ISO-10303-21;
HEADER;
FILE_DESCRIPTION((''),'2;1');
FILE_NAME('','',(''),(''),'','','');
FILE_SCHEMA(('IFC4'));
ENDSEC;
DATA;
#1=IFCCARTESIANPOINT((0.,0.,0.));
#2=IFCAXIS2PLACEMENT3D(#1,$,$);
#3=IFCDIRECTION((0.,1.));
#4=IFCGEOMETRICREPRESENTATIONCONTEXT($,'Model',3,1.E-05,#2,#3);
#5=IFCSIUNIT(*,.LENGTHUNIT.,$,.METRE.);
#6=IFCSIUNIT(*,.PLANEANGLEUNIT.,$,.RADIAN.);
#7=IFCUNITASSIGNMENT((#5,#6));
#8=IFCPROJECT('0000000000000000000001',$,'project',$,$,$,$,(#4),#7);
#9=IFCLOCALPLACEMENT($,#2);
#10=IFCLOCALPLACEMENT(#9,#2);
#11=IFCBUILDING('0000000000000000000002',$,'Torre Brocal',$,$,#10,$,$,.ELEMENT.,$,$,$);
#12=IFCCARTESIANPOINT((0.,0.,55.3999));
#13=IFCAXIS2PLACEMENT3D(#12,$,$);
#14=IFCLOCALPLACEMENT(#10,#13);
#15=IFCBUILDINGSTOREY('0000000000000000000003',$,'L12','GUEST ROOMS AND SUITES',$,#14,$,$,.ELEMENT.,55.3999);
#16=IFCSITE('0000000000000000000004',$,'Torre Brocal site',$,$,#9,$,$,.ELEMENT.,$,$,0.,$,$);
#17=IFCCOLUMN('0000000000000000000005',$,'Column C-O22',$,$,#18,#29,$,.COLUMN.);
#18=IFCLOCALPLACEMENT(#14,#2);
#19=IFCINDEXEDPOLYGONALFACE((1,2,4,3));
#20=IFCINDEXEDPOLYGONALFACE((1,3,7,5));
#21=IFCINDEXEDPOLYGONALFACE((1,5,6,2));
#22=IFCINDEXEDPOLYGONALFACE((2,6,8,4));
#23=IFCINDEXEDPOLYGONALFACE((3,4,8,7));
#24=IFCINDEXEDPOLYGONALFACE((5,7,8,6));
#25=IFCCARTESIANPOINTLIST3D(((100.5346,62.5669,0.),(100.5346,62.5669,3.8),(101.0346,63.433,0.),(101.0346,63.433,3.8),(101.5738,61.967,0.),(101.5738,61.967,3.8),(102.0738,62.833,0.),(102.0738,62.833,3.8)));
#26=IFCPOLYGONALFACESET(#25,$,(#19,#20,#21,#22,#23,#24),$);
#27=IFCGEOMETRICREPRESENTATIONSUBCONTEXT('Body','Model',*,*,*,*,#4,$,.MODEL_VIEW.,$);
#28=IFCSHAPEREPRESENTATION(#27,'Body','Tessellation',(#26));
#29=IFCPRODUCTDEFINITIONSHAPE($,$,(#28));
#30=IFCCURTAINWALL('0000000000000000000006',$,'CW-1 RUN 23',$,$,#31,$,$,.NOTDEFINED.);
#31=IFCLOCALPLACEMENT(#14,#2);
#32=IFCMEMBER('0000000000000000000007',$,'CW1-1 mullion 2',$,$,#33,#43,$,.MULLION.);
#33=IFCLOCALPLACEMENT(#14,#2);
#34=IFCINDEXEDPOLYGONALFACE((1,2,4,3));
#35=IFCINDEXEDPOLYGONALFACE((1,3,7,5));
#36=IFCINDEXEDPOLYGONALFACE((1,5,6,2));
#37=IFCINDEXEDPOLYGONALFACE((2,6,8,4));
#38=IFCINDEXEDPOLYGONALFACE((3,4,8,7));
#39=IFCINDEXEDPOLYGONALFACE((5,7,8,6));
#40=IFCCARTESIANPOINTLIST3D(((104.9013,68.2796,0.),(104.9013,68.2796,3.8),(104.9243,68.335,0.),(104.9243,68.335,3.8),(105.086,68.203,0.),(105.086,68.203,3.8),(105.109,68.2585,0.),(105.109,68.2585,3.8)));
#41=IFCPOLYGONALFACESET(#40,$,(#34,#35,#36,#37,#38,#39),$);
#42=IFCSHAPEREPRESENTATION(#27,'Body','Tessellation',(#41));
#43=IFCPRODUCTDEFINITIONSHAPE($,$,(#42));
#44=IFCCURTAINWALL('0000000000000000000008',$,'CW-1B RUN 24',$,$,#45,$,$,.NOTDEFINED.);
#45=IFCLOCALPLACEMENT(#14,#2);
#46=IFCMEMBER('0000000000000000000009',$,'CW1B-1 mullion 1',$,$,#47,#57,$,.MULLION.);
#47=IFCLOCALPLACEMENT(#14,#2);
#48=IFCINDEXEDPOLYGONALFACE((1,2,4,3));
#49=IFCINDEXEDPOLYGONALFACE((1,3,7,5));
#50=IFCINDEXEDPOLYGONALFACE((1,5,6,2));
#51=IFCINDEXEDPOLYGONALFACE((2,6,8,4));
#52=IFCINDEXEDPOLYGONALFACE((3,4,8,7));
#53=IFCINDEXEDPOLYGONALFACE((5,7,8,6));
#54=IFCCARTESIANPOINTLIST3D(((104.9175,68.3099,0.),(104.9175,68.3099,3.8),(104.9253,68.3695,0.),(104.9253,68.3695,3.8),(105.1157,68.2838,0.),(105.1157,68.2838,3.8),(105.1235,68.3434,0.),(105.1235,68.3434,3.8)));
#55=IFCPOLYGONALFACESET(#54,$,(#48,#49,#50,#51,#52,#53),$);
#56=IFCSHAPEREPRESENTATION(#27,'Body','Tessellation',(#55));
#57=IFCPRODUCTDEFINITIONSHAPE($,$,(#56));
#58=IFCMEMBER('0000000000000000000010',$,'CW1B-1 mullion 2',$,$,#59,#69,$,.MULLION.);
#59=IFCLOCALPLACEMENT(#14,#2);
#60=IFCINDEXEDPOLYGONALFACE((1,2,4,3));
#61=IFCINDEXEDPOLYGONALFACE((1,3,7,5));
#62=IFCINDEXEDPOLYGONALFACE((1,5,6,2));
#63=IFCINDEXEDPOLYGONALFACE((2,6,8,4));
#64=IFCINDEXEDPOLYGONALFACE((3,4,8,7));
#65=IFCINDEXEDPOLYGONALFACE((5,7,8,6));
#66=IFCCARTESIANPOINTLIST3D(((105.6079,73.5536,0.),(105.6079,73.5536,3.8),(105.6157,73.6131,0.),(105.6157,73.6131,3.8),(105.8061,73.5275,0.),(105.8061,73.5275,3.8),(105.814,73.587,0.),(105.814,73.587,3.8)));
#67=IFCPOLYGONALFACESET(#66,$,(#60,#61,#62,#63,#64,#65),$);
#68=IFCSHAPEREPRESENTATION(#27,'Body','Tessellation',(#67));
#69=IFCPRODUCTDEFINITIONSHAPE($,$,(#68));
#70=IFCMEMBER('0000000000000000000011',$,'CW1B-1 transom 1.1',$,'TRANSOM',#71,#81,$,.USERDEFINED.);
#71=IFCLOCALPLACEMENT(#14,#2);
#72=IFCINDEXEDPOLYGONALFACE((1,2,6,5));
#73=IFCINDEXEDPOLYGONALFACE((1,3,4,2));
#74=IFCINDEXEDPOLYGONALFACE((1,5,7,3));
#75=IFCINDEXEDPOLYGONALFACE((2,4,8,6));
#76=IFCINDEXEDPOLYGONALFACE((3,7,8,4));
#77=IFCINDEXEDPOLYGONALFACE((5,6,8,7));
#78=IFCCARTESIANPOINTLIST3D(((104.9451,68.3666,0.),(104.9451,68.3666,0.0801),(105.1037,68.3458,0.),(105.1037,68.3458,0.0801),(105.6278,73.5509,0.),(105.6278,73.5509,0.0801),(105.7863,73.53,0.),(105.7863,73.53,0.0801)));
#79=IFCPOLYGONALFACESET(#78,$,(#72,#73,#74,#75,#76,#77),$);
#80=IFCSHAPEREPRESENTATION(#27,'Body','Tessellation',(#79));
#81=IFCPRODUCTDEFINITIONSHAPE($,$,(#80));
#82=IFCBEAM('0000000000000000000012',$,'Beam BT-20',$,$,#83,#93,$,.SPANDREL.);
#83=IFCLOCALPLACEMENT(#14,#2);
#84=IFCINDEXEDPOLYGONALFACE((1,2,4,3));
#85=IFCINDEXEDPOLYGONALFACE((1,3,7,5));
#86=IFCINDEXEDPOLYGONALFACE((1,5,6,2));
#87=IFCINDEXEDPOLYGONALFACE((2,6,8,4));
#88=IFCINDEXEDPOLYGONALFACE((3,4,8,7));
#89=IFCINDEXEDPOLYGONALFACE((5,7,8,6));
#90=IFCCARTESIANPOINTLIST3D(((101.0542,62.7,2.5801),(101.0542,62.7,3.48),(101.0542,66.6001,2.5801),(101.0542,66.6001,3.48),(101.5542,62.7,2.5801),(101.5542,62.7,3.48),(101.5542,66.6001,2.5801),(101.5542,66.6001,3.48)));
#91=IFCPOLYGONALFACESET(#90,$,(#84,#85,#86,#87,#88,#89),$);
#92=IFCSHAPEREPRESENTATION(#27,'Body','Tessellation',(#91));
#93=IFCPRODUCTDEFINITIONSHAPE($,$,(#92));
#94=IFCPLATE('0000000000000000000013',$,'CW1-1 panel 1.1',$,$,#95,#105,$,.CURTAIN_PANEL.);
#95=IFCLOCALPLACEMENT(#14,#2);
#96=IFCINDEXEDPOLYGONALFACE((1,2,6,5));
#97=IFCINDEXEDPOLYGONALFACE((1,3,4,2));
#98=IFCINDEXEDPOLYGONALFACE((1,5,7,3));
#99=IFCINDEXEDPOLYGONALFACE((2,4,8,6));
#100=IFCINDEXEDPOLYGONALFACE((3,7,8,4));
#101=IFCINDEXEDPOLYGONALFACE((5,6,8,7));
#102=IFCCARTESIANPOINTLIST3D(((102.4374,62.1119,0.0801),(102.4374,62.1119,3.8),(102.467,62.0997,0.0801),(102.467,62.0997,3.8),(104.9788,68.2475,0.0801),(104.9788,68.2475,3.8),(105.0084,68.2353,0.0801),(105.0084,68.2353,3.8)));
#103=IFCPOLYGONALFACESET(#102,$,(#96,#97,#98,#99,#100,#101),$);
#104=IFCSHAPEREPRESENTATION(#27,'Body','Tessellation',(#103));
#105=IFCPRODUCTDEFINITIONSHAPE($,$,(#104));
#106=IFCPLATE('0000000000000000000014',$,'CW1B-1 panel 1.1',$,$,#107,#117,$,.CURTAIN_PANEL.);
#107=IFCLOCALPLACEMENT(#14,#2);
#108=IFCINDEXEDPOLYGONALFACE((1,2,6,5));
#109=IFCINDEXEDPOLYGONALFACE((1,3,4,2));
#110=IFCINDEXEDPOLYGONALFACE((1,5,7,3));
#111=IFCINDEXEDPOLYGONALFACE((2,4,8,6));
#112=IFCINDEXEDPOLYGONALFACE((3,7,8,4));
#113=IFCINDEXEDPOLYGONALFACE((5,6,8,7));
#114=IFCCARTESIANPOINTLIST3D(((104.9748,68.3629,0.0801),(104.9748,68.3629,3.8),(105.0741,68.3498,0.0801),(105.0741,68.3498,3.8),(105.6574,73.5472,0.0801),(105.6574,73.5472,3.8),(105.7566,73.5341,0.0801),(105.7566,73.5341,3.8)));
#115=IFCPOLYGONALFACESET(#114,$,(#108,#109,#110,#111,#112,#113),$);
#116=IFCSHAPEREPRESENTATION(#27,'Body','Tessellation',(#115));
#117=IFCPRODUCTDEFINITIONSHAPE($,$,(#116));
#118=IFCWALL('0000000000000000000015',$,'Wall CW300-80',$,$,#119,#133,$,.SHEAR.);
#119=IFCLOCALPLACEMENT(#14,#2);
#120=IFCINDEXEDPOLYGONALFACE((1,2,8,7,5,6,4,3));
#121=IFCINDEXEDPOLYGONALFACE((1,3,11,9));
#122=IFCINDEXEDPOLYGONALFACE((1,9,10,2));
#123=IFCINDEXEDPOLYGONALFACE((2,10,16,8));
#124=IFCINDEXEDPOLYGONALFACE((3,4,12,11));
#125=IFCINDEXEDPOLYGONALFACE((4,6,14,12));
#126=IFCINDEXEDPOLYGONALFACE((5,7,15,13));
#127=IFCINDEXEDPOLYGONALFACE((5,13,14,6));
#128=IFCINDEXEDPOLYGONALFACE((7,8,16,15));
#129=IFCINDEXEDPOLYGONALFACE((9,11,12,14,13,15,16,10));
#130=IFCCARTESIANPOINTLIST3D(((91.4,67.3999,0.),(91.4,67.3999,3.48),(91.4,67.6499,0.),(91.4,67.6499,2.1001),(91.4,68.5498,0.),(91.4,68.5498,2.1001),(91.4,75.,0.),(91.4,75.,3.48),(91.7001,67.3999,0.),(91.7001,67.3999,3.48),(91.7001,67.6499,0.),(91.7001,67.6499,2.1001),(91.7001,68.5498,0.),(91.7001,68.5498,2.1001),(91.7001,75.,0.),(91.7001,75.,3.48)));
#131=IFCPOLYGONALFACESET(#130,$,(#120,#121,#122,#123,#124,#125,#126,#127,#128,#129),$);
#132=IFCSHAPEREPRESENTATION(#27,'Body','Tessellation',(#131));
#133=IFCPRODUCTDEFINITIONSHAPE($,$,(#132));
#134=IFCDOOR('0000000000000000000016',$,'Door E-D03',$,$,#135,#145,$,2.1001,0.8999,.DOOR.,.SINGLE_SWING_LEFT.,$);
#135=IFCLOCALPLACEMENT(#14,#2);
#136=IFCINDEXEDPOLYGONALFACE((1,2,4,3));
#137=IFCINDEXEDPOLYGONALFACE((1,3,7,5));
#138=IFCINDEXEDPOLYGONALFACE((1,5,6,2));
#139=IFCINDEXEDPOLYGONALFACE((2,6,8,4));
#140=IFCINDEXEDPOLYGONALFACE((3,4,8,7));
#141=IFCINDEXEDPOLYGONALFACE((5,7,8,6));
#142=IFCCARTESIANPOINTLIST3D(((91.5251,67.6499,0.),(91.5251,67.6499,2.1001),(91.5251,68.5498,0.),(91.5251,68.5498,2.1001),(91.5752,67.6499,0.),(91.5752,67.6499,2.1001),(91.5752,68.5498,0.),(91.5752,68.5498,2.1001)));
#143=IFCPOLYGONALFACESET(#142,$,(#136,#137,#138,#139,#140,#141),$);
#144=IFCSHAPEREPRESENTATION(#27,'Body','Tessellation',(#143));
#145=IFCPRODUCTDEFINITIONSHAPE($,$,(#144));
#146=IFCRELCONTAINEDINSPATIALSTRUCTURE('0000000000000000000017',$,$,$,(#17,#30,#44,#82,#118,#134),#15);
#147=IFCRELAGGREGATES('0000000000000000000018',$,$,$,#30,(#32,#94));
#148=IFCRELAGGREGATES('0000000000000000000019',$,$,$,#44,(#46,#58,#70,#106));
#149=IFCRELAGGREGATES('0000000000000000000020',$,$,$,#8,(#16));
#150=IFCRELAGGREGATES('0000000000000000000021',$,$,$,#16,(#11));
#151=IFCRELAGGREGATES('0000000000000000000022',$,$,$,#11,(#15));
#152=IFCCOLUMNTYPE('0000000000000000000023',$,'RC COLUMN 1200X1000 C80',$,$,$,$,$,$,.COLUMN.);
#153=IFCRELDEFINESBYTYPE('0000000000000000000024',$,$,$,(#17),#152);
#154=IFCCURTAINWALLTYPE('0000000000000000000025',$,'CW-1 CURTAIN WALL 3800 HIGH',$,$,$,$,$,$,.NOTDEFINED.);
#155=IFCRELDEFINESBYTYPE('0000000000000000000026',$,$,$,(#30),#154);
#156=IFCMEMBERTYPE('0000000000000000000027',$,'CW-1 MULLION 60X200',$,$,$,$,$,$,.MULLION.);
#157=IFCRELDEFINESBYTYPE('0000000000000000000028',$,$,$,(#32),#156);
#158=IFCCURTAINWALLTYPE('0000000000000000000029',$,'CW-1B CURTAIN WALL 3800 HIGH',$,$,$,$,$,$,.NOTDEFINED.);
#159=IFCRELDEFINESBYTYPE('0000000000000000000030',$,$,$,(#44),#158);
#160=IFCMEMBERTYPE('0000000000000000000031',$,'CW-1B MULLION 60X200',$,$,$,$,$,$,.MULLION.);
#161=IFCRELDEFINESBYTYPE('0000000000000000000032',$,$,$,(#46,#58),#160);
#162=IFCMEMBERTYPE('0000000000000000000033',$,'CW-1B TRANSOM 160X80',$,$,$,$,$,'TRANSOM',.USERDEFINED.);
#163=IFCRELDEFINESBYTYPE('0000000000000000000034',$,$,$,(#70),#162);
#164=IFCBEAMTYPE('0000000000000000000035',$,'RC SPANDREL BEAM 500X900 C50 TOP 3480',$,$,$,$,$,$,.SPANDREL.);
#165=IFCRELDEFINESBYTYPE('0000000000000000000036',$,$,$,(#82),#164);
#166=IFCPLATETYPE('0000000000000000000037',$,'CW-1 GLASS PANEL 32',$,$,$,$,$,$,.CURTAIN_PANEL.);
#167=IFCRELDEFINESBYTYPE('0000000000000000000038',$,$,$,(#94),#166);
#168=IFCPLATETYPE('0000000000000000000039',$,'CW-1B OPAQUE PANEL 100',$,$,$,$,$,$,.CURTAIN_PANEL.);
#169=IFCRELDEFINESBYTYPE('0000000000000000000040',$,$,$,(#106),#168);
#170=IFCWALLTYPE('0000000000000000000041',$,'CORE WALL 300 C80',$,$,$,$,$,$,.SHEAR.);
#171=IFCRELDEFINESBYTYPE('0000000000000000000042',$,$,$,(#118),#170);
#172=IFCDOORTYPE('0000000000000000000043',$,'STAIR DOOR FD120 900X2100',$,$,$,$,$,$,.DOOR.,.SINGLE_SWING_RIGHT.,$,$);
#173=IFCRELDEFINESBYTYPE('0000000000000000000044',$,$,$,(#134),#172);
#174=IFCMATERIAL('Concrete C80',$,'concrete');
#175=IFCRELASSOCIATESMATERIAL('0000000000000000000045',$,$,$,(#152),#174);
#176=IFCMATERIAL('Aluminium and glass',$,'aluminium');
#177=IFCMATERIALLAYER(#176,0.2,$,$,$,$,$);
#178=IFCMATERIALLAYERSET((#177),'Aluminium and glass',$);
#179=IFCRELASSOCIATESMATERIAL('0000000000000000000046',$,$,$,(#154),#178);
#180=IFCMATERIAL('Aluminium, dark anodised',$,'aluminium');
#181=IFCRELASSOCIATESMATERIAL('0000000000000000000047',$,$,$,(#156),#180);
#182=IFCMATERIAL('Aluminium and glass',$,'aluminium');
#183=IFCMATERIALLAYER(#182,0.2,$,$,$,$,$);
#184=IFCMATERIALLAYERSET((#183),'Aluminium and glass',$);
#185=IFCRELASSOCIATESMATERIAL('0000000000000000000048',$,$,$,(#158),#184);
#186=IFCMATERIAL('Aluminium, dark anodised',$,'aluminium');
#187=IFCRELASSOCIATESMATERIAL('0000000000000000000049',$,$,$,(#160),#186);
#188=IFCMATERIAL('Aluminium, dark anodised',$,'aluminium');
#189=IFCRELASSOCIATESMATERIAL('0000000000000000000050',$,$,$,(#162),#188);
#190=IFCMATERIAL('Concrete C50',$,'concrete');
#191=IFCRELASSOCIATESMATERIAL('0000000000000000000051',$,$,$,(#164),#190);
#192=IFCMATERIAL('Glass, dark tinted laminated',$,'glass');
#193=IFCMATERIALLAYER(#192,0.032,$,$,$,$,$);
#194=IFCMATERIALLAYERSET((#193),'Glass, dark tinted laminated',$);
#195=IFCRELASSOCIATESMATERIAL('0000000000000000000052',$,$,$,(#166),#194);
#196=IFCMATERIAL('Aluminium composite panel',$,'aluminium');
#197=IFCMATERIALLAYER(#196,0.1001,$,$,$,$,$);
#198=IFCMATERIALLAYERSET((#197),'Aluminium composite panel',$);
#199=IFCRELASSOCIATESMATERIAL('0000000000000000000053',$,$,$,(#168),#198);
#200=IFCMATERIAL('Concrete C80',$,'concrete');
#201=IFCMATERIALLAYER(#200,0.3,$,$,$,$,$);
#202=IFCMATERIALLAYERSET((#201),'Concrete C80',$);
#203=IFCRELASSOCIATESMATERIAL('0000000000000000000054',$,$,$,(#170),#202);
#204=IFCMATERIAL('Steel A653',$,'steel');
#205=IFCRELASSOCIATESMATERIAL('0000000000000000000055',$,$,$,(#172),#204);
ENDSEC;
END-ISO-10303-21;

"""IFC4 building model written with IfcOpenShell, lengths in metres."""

from ifc_helpers import new_model, si_unit, direction, frame, frame_2d, origin, origin_2d, place, context, subcontext, project, spatial, rectangle, extrude, material, layer, layer_set, material_profile, profile_set, type_object, element, fill, aggregate, save


model = new_model("IFC4")

# Units and contexts
model_context = context("Model", 3, precision=1e-05, world=origin(), true_north=direction((0.0, 1.0)))
body_context = subcontext(model_context, "Body", "Model", "MODEL_VIEW")
ifc_project = project(units=[si_unit("LENGTHUNIT", "METRE"), si_unit("PLANEANGLEUNIT", "RADIAN")], contexts=[model_context])

# Site, building, storey
site_placement = place(None, origin())
site = spatial("IfcSite", under=ifc_project, at=site_placement, Name="Torre Brocal site", CompositionType="ELEMENT", RefElevation=0.0)
building_placement = place(site_placement, origin())
building = spatial("IfcBuilding", under=site, at=building_placement, Name="Torre Brocal", CompositionType="ELEMENT")
storey_placement = place(building_placement, frame((0.0, 0.0, 55.3999)))
storey = spatial("IfcBuildingStorey", under=building, at=storey_placement, Name="L12", Description="GUEST ROOMS AND SUITES", CompositionType="ELEMENT", Elevation=55.3999)

# Column
ifc_material_1 = material(Name="Concrete C80", Category="concrete")
ifc_material_profile_1 = material_profile(ifc_material_1, rectangle(XDim=1.2, YDim=1.0, at=origin_2d()), Name="RC 1200X1000")
ifc_profile_set_1 = profile_set([ifc_material_profile_1], Name="Concrete C80")
column_type = type_object("IfcColumnType", Name="RC COLUMN 1200X1000 C80", PredefinedType="COLUMN", material=ifc_profile_set_1)
column_placement = place(storey_placement, frame((101.3042, 62.7, 0.0), z_axis=(0.0, 0.0, 1.0), x_axis=(0.866025, -0.5, 0.0)))
element("IfcColumn", 1, at=column_placement, inside=storey, type_object=column_type, Name="Column C-O22", PredefinedType="COLUMN", context=body_context, shape_type="SweptSolid", body=[
    extrude(rectangle(XDim=1.2, YDim=1.0, at=origin_2d()), origin(), (0.0, 0.0, 1.0), 3.8),
])

# Curtain wall, member
ifc_material_2 = material(Name="Aluminium and glass", Category="aluminium")
ifc_layer_1 = layer(ifc_material_2, 0.2)
ifc_layer_set_1 = layer_set([ifc_layer_1], Name="Aluminium and glass")
curtain_wall_type_1 = type_object("IfcCurtainWallType", Name="CW-1 CURTAIN WALL 3800 HIGH", PredefinedType="NOTDEFINED", material=ifc_layer_set_1)
curtain_wall_1_placement = place(storey_placement, origin())
curtain_wall_1 = element("IfcCurtainWall", 2, at=curtain_wall_1_placement, inside=storey, type_object=curtain_wall_type_1, Name="CW-1 RUN 23", PredefinedType="NOTDEFINED")
ifc_material_3 = material(Name="Aluminium, dark anodised", Category="aluminium")
ifc_material_profile_2 = material_profile(ifc_material_3, rectangle(XDim=0.2, YDim=0.0601, at=origin_2d()), Name="CW-1 MULLION 60X200")
ifc_profile_set_2 = profile_set([ifc_material_profile_2], Name="Aluminium, dark anodised")
member_type_1 = type_object("IfcMemberType", Name="CW-1 MULLION 60X200", PredefinedType="MULLION", material=ifc_profile_set_2)
member_1_placement = place(storey_placement, frame((105.0051, 68.269, 0.0), z_axis=(0.0, 0.0, 1.0), x_axis=(-0.92388, 0.382683, 0.0)))
member_1 = element("IfcMember", 3, at=member_1_placement, type_object=member_type_1, Name="CW1-1 mullion 2", PredefinedType="MULLION", context=body_context, shape_type="SweptSolid", body=[
    extrude(rectangle(XDim=0.2, YDim=0.0601, at=origin_2d()), origin(), (0.0, 0.0, 1.0), 3.8),
])

# Curtain wall, members
ifc_material_4 = material(Name="Aluminium and glass", Category="aluminium")
ifc_layer_2 = layer(ifc_material_4, 0.2)
ifc_layer_set_2 = layer_set([ifc_layer_2], Name="Aluminium and glass")
curtain_wall_type_2 = type_object("IfcCurtainWallType", Name="CW-1B CURTAIN WALL 3800 HIGH", PredefinedType="NOTDEFINED", material=ifc_layer_set_2)
curtain_wall_2_placement = place(storey_placement, origin())
curtain_wall_2 = element("IfcCurtainWall", 4, at=curtain_wall_2_placement, inside=storey, type_object=curtain_wall_type_2, Name="CW-1B RUN 24", PredefinedType="NOTDEFINED")
ifc_material_5 = material(Name="Aluminium, dark anodised", Category="aluminium")
ifc_material_profile_3 = material_profile(ifc_material_5, rectangle(XDim=0.2, YDim=0.0601, at=origin_2d()), Name="CW-1B MULLION 60X200")
ifc_profile_set_3 = profile_set([ifc_material_profile_3], Name="Aluminium, dark anodised")
member_type_2 = type_object("IfcMemberType", Name="CW-1B MULLION 60X200", PredefinedType="MULLION", material=ifc_profile_set_3)
member_2_placement = place(storey_placement, frame((105.0205, 68.3267, 0.0), z_axis=(0.0, 0.0, 1.0), x_axis=(-0.991445, 0.130526, 0.0)))
member_2 = element("IfcMember", 5, at=member_2_placement, type_object=member_type_2, Name="CW1B-1 mullion 1", PredefinedType="MULLION", context=body_context, shape_type="SweptSolid", body=[
    extrude(rectangle(XDim=0.2, YDim=0.0601, at=origin_2d()), origin(), (0.0, 0.0, 1.0), 3.8),
])
member_3_placement = place(storey_placement, frame((105.7109, 73.5703, 0.0), z_axis=(0.0, 0.0, 1.0), x_axis=(-0.991445, 0.130526, 0.0)))
member_3 = element("IfcMember", 6, at=member_3_placement, type_object=member_type_2, Name="CW1B-1 mullion 2", PredefinedType="MULLION", context=body_context, shape_type="SweptSolid", body=[
    extrude(rectangle(XDim=0.2, YDim=0.0601, at=origin_2d()), origin(), (0.0, 0.0, 1.0), 3.8),
])
ifc_material_6 = material(Name="Aluminium, dark anodised", Category="aluminium")
ifc_material_profile_4 = material_profile(ifc_material_6, rectangle(XDim=0.1599, YDim=0.0801, at=origin_2d()), Name="CW-1B TRANSOM 160X80")
ifc_profile_set_4 = profile_set([ifc_material_profile_4], Name="Aluminium, dark anodised")
member_type_3 = type_object("IfcMemberType", Name="CW-1B TRANSOM 160X80", ElementType="TRANSOM", PredefinedType="USERDEFINED", material=ifc_profile_set_4)
member_4_placement = place(storey_placement, frame((105.0244, 68.3562, 0.04), z_axis=(0.130543, 0.991443, 0.0), x_axis=(-0.991443, 0.130543, 0.0)))
member_4 = element("IfcMember", 7, at=member_4_placement, type_object=member_type_3, Name="CW1B-1 transom 1.1", ObjectType="TRANSOM", PredefinedType="USERDEFINED", context=body_context, shape_type="SweptSolid", body=[
    extrude(rectangle(XDim=0.1599, YDim=0.0801, at=origin_2d()), origin(), (0.0, 0.0, 1.0), 5.229),
])

# Beam
ifc_material_7 = material(Name="Concrete C50", Category="concrete")
ifc_material_profile_5 = material_profile(ifc_material_7, rectangle(XDim=0.5, YDim=0.8999, at=origin_2d()), Name="RC 500X900")
ifc_profile_set_5 = profile_set([ifc_material_profile_5], Name="Concrete C50")
beam_type = type_object("IfcBeamType", Name="RC SPANDREL BEAM 500X900 C50 TOP 3480", PredefinedType="SPANDREL", material=ifc_profile_set_5)
beam_placement = place(storey_placement, frame((101.3042, 62.7, 3.03), z_axis=(0.0, 1.0, 0.0), x_axis=(-1.0, 0.0, 0.0)))
element("IfcBeam", 8, at=beam_placement, inside=storey, type_object=beam_type, Name="Beam BT-20", PredefinedType="SPANDREL", context=body_context, shape_type="SweptSolid", body=[
    extrude(rectangle(XDim=0.5, YDim=0.8999, at=origin_2d()), origin(), (0.0, 0.0, 1.0), 3.9001),
])

# Plates
ifc_material_8 = material(Name="Glass, dark tinted laminated", Category="glass")
ifc_layer_3 = layer(ifc_material_8, 0.032)
ifc_layer_set_3 = layer_set([ifc_layer_3], Name="Glass, dark tinted laminated")
plate_type_1 = type_object("IfcPlateType", Name="CW-1 GLASS PANEL 32", PredefinedType="CURTAIN_PANEL", material=ifc_layer_set_3)
plate_1_placement = place(storey_placement, frame((103.7229, 65.1736, 0.0801), z_axis=(0.0, 0.0, 1.0), x_axis=(0.382683, 0.92388, 0.0)))
plate_1 = element("IfcPlate", 9, at=plate_1_placement, type_object=plate_type_1, Name="CW1-1 panel 1.1", PredefinedType="CURTAIN_PANEL", context=body_context, shape_type="SweptSolid", body=[
    extrude(rectangle(XDim=6.6411, YDim=0.032, at=origin_2d()), origin(), (0.0, 0.0, 1.0), 3.72),
])
aggregate(curtain_wall_1, [member_1, plate_1])
ifc_material_9 = material(Name="Aluminium composite panel", Category="aluminium")
ifc_layer_4 = layer(ifc_material_9, 0.1001)
ifc_layer_set_4 = layer_set([ifc_layer_4], Name="Aluminium composite panel")
plate_type_2 = type_object("IfcPlateType", Name="CW-1B OPAQUE PANEL 100", PredefinedType="CURTAIN_PANEL", material=ifc_layer_set_4)
plate_2_placement = place(storey_placement, frame((105.3657, 70.9485, 0.0801), z_axis=(0.0, 0.0, 1.0), x_axis=(0.130526, 0.991445, 0.0)))
plate_2 = element("IfcPlate", 10, at=plate_2_placement, type_object=plate_type_2, Name="CW1B-1 panel 1.1", PredefinedType="CURTAIN_PANEL", context=body_context, shape_type="SweptSolid", body=[
    extrude(rectangle(XDim=5.229, YDim=0.1001, at=origin_2d()), origin(), (0.0, 0.0, 1.0), 3.72),
])
aggregate(curtain_wall_2, [member_2, member_3, member_4, plate_2])

# Wall, opening, door
ifc_material_10 = material(Name="Concrete C80", Category="concrete")
ifc_layer_5 = layer(ifc_material_10, 0.3)
ifc_layer_set_5 = layer_set([ifc_layer_5], Name="Concrete C80")
wall_type_1 = type_object("IfcWallType", Name="CORE WALL 300 C80", PredefinedType="SHEAR", material=ifc_layer_set_5)
wall_1_placement = place(storey_placement, frame((91.55, 67.3999, 0.0), z_axis=(0.0, 0.0, 1.0), x_axis=(0.0, 1.0, 0.0)))
wall_1 = element("IfcWall", 11, at=wall_1_placement, inside=storey, type_object=wall_type_1, Name="Wall CW300-80", PredefinedType="SHEAR", context=body_context, shape_type="SweptSolid", body=[
    extrude(rectangle(XDim=7.6001, YDim=0.3, at=frame_2d((3.8, 0.0))), origin(), (0.0, 0.0, 1.0), 3.48),
])
opening_1_placement = place(wall_1_placement, frame((0.25, 0.0, 0.0)))
opening_1 = element("IfcOpeningElement", 12, at=opening_1_placement, cuts=wall_1, PredefinedType="OPENING", context=body_context, shape_type="SweptSolid", body=[
    extrude(rectangle(XDim=0.8999, YDim=2.1001, at=frame_2d((0.45, 1.05))), frame((0.0, 0.1599, 0.0), z_axis=(0.0, -1.0, 0.0), x_axis=(1.0, 0.0, 0.0)), (0.0, 0.0, 1.0), 0.3201),
])
ifc_material_11 = material(Name="Steel A653", Category="steel")
door_type_1 = type_object("IfcDoorType", Name="STAIR DOOR FD120 900X2100", OperationType="SINGLE_SWING_RIGHT", PredefinedType="DOOR", material=ifc_material_11)
door_1_placement = place(opening_1_placement, origin())
door_1 = element("IfcDoor", 13, at=door_1_placement, inside=storey, type_object=door_type_1, Name="Door E-D03", OperationType="SINGLE_SWING_LEFT", OverallHeight=2.1001, OverallWidth=0.8999, PredefinedType="DOOR", context=body_context, shape_type="SweptSolid", body=[
    extrude(rectangle(XDim=0.8999, YDim=2.1001, at=frame_2d((0.45, 1.05))), frame((0.0, 0.0249, 0.0), z_axis=(0.0, -1.0, 0.0), x_axis=(1.0, 0.0, 0.0)), (0.0, 0.0, 1.0), 0.05),
])
fill(opening_1, door_1)

save(model, "model.ifc")
